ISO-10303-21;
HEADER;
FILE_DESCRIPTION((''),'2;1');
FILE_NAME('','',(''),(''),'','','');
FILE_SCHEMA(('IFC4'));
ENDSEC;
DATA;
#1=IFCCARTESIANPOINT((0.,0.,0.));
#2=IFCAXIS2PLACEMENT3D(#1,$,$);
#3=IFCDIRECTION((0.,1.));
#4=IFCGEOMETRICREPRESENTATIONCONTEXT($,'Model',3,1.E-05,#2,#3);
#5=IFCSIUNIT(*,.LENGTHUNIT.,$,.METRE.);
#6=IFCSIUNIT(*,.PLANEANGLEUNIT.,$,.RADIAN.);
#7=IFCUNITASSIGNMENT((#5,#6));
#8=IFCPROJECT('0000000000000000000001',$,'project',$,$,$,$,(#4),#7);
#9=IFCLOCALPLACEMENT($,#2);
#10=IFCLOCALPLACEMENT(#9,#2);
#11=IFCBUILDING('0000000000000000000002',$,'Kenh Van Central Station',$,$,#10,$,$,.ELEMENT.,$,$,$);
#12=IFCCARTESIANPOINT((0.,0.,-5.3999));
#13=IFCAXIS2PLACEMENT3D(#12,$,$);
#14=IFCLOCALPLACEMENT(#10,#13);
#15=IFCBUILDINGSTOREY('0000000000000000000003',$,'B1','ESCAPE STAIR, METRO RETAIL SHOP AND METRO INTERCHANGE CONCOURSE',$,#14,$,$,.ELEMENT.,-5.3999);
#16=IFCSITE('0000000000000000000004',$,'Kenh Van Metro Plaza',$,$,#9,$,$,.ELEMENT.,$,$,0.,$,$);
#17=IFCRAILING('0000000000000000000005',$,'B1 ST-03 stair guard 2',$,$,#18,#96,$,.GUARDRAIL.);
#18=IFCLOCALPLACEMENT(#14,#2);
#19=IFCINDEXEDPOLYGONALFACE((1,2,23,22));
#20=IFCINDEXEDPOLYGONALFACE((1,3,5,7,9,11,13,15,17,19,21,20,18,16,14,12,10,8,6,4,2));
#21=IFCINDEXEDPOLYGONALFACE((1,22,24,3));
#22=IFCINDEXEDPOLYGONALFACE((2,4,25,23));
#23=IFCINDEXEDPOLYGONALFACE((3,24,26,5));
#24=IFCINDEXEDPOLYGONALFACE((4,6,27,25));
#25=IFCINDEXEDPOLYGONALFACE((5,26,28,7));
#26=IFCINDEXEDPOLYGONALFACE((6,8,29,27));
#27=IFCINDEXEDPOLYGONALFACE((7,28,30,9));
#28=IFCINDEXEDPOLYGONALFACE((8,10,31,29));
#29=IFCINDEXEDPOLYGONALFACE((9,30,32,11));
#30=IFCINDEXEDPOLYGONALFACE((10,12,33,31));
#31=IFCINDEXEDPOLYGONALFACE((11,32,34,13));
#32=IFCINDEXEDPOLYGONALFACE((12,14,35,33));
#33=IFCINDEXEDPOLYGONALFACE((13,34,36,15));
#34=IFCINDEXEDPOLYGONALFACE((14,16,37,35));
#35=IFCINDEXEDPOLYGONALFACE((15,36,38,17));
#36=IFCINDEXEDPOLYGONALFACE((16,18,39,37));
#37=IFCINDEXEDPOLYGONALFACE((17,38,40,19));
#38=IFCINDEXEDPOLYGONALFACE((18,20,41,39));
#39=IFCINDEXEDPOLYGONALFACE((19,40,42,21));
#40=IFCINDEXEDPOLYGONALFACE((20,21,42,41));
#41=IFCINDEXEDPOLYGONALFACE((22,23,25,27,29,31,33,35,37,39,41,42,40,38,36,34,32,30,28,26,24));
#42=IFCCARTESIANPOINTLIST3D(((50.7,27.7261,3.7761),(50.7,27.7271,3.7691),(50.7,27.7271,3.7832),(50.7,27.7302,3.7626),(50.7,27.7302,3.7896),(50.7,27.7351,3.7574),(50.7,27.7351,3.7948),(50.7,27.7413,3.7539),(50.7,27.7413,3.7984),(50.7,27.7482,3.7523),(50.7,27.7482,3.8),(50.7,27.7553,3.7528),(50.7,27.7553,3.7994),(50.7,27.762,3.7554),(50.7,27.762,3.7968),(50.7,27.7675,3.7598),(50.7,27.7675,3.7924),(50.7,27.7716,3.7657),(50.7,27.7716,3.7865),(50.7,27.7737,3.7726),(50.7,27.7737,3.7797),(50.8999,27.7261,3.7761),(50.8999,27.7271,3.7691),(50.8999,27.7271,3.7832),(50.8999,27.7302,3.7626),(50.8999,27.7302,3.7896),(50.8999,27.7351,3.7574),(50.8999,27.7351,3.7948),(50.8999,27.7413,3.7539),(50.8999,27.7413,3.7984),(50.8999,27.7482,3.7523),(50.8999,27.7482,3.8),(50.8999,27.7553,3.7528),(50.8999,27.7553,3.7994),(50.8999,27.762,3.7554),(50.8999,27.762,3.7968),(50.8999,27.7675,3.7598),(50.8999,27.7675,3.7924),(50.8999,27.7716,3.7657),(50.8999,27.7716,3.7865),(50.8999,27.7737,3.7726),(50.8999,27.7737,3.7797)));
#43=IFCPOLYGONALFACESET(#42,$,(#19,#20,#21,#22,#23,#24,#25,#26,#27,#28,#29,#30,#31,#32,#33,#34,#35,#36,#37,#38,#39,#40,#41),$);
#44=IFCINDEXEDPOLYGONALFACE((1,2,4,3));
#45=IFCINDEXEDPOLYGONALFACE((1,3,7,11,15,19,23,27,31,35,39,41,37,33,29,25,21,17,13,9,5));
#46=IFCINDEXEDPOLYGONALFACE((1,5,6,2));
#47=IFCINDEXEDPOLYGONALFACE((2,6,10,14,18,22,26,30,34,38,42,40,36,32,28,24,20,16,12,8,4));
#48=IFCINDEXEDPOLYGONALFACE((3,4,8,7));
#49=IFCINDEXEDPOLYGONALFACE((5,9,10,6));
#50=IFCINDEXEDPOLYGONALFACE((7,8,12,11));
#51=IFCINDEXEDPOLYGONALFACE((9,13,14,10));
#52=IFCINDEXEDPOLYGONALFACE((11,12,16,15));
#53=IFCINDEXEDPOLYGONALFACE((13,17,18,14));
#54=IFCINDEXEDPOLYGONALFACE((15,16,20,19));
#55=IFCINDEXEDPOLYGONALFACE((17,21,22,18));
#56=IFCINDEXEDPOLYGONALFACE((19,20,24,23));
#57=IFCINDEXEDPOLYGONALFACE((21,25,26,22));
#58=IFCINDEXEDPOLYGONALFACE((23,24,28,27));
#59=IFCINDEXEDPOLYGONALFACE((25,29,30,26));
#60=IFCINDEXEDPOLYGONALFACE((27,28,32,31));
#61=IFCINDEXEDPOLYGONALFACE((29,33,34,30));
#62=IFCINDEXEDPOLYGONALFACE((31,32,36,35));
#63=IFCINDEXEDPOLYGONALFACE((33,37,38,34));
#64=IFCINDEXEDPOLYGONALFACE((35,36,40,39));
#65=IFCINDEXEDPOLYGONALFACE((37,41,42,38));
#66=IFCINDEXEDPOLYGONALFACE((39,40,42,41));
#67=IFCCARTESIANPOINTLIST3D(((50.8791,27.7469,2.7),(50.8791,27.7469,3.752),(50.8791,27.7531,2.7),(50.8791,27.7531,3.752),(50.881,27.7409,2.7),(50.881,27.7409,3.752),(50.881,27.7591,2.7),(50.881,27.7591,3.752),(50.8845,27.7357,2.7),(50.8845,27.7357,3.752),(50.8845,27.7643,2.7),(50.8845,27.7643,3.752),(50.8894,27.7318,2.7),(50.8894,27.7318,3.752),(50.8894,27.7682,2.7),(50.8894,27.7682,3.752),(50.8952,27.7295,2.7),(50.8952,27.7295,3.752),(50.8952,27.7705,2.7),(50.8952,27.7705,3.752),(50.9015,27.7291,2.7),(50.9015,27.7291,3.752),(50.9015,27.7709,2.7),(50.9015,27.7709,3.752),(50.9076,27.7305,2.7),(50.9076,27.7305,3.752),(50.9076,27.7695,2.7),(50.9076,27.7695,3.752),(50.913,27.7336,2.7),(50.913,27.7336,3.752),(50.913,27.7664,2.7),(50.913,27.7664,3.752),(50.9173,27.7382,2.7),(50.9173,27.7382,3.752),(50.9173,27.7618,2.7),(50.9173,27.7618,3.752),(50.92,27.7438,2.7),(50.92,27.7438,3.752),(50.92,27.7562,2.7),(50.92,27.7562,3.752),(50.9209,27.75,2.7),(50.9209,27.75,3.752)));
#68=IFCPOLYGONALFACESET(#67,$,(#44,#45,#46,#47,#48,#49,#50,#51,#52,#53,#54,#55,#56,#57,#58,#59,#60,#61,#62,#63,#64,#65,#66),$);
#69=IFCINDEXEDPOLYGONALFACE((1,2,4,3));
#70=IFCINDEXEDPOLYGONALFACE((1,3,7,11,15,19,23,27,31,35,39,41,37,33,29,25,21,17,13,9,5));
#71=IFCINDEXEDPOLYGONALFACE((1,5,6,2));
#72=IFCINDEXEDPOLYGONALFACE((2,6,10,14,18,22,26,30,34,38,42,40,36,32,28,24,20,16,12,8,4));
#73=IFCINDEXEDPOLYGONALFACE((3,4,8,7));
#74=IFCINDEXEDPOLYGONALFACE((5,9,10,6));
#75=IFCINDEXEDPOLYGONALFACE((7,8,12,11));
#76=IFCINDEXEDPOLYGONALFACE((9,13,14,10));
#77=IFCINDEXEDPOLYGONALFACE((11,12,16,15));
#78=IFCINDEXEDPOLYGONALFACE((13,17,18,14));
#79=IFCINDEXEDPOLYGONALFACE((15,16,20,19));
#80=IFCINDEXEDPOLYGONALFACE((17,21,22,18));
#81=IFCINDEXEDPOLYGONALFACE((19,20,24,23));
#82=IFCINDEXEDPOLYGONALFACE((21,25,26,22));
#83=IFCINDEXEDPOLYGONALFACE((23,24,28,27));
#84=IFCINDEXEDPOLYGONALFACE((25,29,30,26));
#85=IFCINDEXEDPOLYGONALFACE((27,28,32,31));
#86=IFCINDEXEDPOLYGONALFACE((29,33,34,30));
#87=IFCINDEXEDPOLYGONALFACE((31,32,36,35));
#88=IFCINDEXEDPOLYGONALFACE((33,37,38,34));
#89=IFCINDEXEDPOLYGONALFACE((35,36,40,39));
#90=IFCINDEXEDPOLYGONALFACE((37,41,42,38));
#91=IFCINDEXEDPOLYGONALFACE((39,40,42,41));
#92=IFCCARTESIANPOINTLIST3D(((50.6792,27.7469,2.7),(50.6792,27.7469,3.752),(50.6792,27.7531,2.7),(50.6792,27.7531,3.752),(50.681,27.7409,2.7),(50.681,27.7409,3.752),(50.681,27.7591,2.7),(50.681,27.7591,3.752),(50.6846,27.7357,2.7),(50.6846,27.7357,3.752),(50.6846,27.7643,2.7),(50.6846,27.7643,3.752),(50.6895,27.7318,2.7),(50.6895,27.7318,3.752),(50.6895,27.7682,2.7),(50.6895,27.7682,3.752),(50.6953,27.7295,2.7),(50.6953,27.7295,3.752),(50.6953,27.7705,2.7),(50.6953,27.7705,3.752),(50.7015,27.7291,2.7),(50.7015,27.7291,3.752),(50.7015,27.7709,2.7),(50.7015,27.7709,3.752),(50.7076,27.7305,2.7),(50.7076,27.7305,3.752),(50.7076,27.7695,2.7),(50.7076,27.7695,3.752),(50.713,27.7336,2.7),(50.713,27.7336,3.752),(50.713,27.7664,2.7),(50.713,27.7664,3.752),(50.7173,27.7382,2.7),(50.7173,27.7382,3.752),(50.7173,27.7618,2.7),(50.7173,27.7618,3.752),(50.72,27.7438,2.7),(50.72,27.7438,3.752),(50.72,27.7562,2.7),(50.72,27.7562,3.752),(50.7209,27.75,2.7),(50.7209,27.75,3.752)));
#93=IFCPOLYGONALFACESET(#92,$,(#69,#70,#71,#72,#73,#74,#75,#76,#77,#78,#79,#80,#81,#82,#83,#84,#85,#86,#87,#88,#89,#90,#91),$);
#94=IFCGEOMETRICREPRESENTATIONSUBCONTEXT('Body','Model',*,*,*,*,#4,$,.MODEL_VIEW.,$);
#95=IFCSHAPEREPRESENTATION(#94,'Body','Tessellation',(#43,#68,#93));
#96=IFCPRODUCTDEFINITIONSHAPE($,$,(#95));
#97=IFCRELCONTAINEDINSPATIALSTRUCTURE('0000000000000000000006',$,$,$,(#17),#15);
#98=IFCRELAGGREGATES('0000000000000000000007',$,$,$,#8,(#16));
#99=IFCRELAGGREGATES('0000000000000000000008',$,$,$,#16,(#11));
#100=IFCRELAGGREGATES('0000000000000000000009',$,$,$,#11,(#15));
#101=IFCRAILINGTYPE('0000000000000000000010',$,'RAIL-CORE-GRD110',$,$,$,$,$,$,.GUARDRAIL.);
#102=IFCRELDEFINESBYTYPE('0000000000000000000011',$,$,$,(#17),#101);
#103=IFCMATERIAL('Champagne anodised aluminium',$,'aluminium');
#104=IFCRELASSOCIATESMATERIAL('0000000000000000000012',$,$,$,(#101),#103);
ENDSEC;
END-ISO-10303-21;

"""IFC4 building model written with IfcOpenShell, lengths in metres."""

from ifc_helpers import new_model, si_unit, direction, frame, origin, origin_2d, place, context, subcontext, project, spatial, circle, extrude, material, type_object, element, save


model = new_model("IFC4")

# Units and contexts
model_context = context("Model", 3, precision=1e-05, world=origin(), true_north=direction((0.0, 1.0)))
body_context = subcontext(model_context, "Body", "Model", "MODEL_VIEW")
ifc_project = project(units=[si_unit("LENGTHUNIT", "METRE"), si_unit("PLANEANGLEUNIT", "RADIAN")], contexts=[model_context])

# Site, building, storey
site_placement = place(None, origin())
site = spatial("IfcSite", under=ifc_project, at=site_placement, Name="Kenh Van Metro Plaza", CompositionType="ELEMENT", RefElevation=0.0)
building_placement = place(site_placement, origin())
building = spatial("IfcBuilding", under=site, at=building_placement, Name="Kenh Van Central Station", CompositionType="ELEMENT")
storey_placement = place(building_placement, frame((0.0, 0.0, -5.3999)))
storey = spatial("IfcBuildingStorey", under=building, at=storey_placement, Name="B1", Description="ESCAPE STAIR, METRO RETAIL SHOP AND METRO INTERCHANGE CONCOURSE", CompositionType="ELEMENT", Elevation=-5.3999)

# Shared definitions
ifc_material_1 = material(Name="Champagne anodised aluminium", Category="aluminium")

# Railing
railing_type_1 = type_object("IfcRailingType", Name="RAIL-CORE-GRD110", PredefinedType="GUARDRAIL", material=ifc_material_1)
railing_1_placement = place(storey_placement, frame((50.8999, 27.75, 2.7)))
element("IfcRailing", 1, at=railing_1_placement, inside=storey, type_object=railing_type_1, Name="B1 ST-03 stair guard 2", PredefinedType="GUARDRAIL", context=body_context, shape_type="SweptSolid", body=[
    extrude(circle(Radius=0.0239, at=origin_2d()), frame((0.0, 0.0, 1.0762), z_axis=(-1.0, 0.0, 0.0), x_axis=(0.0, -1.0, 0.0)), (0.0, 0.0, 1.0), 0.2),
    extrude(circle(Radius=0.021, at=origin_2d()), origin(), (0.0, 0.0, 1.0), 1.052),
    extrude(circle(Radius=0.021, at=origin_2d()), frame((-0.2, 0.0, 0.0)), (0.0, 0.0, 1.0), 1.052),
])

save(model, "model.ifc")
